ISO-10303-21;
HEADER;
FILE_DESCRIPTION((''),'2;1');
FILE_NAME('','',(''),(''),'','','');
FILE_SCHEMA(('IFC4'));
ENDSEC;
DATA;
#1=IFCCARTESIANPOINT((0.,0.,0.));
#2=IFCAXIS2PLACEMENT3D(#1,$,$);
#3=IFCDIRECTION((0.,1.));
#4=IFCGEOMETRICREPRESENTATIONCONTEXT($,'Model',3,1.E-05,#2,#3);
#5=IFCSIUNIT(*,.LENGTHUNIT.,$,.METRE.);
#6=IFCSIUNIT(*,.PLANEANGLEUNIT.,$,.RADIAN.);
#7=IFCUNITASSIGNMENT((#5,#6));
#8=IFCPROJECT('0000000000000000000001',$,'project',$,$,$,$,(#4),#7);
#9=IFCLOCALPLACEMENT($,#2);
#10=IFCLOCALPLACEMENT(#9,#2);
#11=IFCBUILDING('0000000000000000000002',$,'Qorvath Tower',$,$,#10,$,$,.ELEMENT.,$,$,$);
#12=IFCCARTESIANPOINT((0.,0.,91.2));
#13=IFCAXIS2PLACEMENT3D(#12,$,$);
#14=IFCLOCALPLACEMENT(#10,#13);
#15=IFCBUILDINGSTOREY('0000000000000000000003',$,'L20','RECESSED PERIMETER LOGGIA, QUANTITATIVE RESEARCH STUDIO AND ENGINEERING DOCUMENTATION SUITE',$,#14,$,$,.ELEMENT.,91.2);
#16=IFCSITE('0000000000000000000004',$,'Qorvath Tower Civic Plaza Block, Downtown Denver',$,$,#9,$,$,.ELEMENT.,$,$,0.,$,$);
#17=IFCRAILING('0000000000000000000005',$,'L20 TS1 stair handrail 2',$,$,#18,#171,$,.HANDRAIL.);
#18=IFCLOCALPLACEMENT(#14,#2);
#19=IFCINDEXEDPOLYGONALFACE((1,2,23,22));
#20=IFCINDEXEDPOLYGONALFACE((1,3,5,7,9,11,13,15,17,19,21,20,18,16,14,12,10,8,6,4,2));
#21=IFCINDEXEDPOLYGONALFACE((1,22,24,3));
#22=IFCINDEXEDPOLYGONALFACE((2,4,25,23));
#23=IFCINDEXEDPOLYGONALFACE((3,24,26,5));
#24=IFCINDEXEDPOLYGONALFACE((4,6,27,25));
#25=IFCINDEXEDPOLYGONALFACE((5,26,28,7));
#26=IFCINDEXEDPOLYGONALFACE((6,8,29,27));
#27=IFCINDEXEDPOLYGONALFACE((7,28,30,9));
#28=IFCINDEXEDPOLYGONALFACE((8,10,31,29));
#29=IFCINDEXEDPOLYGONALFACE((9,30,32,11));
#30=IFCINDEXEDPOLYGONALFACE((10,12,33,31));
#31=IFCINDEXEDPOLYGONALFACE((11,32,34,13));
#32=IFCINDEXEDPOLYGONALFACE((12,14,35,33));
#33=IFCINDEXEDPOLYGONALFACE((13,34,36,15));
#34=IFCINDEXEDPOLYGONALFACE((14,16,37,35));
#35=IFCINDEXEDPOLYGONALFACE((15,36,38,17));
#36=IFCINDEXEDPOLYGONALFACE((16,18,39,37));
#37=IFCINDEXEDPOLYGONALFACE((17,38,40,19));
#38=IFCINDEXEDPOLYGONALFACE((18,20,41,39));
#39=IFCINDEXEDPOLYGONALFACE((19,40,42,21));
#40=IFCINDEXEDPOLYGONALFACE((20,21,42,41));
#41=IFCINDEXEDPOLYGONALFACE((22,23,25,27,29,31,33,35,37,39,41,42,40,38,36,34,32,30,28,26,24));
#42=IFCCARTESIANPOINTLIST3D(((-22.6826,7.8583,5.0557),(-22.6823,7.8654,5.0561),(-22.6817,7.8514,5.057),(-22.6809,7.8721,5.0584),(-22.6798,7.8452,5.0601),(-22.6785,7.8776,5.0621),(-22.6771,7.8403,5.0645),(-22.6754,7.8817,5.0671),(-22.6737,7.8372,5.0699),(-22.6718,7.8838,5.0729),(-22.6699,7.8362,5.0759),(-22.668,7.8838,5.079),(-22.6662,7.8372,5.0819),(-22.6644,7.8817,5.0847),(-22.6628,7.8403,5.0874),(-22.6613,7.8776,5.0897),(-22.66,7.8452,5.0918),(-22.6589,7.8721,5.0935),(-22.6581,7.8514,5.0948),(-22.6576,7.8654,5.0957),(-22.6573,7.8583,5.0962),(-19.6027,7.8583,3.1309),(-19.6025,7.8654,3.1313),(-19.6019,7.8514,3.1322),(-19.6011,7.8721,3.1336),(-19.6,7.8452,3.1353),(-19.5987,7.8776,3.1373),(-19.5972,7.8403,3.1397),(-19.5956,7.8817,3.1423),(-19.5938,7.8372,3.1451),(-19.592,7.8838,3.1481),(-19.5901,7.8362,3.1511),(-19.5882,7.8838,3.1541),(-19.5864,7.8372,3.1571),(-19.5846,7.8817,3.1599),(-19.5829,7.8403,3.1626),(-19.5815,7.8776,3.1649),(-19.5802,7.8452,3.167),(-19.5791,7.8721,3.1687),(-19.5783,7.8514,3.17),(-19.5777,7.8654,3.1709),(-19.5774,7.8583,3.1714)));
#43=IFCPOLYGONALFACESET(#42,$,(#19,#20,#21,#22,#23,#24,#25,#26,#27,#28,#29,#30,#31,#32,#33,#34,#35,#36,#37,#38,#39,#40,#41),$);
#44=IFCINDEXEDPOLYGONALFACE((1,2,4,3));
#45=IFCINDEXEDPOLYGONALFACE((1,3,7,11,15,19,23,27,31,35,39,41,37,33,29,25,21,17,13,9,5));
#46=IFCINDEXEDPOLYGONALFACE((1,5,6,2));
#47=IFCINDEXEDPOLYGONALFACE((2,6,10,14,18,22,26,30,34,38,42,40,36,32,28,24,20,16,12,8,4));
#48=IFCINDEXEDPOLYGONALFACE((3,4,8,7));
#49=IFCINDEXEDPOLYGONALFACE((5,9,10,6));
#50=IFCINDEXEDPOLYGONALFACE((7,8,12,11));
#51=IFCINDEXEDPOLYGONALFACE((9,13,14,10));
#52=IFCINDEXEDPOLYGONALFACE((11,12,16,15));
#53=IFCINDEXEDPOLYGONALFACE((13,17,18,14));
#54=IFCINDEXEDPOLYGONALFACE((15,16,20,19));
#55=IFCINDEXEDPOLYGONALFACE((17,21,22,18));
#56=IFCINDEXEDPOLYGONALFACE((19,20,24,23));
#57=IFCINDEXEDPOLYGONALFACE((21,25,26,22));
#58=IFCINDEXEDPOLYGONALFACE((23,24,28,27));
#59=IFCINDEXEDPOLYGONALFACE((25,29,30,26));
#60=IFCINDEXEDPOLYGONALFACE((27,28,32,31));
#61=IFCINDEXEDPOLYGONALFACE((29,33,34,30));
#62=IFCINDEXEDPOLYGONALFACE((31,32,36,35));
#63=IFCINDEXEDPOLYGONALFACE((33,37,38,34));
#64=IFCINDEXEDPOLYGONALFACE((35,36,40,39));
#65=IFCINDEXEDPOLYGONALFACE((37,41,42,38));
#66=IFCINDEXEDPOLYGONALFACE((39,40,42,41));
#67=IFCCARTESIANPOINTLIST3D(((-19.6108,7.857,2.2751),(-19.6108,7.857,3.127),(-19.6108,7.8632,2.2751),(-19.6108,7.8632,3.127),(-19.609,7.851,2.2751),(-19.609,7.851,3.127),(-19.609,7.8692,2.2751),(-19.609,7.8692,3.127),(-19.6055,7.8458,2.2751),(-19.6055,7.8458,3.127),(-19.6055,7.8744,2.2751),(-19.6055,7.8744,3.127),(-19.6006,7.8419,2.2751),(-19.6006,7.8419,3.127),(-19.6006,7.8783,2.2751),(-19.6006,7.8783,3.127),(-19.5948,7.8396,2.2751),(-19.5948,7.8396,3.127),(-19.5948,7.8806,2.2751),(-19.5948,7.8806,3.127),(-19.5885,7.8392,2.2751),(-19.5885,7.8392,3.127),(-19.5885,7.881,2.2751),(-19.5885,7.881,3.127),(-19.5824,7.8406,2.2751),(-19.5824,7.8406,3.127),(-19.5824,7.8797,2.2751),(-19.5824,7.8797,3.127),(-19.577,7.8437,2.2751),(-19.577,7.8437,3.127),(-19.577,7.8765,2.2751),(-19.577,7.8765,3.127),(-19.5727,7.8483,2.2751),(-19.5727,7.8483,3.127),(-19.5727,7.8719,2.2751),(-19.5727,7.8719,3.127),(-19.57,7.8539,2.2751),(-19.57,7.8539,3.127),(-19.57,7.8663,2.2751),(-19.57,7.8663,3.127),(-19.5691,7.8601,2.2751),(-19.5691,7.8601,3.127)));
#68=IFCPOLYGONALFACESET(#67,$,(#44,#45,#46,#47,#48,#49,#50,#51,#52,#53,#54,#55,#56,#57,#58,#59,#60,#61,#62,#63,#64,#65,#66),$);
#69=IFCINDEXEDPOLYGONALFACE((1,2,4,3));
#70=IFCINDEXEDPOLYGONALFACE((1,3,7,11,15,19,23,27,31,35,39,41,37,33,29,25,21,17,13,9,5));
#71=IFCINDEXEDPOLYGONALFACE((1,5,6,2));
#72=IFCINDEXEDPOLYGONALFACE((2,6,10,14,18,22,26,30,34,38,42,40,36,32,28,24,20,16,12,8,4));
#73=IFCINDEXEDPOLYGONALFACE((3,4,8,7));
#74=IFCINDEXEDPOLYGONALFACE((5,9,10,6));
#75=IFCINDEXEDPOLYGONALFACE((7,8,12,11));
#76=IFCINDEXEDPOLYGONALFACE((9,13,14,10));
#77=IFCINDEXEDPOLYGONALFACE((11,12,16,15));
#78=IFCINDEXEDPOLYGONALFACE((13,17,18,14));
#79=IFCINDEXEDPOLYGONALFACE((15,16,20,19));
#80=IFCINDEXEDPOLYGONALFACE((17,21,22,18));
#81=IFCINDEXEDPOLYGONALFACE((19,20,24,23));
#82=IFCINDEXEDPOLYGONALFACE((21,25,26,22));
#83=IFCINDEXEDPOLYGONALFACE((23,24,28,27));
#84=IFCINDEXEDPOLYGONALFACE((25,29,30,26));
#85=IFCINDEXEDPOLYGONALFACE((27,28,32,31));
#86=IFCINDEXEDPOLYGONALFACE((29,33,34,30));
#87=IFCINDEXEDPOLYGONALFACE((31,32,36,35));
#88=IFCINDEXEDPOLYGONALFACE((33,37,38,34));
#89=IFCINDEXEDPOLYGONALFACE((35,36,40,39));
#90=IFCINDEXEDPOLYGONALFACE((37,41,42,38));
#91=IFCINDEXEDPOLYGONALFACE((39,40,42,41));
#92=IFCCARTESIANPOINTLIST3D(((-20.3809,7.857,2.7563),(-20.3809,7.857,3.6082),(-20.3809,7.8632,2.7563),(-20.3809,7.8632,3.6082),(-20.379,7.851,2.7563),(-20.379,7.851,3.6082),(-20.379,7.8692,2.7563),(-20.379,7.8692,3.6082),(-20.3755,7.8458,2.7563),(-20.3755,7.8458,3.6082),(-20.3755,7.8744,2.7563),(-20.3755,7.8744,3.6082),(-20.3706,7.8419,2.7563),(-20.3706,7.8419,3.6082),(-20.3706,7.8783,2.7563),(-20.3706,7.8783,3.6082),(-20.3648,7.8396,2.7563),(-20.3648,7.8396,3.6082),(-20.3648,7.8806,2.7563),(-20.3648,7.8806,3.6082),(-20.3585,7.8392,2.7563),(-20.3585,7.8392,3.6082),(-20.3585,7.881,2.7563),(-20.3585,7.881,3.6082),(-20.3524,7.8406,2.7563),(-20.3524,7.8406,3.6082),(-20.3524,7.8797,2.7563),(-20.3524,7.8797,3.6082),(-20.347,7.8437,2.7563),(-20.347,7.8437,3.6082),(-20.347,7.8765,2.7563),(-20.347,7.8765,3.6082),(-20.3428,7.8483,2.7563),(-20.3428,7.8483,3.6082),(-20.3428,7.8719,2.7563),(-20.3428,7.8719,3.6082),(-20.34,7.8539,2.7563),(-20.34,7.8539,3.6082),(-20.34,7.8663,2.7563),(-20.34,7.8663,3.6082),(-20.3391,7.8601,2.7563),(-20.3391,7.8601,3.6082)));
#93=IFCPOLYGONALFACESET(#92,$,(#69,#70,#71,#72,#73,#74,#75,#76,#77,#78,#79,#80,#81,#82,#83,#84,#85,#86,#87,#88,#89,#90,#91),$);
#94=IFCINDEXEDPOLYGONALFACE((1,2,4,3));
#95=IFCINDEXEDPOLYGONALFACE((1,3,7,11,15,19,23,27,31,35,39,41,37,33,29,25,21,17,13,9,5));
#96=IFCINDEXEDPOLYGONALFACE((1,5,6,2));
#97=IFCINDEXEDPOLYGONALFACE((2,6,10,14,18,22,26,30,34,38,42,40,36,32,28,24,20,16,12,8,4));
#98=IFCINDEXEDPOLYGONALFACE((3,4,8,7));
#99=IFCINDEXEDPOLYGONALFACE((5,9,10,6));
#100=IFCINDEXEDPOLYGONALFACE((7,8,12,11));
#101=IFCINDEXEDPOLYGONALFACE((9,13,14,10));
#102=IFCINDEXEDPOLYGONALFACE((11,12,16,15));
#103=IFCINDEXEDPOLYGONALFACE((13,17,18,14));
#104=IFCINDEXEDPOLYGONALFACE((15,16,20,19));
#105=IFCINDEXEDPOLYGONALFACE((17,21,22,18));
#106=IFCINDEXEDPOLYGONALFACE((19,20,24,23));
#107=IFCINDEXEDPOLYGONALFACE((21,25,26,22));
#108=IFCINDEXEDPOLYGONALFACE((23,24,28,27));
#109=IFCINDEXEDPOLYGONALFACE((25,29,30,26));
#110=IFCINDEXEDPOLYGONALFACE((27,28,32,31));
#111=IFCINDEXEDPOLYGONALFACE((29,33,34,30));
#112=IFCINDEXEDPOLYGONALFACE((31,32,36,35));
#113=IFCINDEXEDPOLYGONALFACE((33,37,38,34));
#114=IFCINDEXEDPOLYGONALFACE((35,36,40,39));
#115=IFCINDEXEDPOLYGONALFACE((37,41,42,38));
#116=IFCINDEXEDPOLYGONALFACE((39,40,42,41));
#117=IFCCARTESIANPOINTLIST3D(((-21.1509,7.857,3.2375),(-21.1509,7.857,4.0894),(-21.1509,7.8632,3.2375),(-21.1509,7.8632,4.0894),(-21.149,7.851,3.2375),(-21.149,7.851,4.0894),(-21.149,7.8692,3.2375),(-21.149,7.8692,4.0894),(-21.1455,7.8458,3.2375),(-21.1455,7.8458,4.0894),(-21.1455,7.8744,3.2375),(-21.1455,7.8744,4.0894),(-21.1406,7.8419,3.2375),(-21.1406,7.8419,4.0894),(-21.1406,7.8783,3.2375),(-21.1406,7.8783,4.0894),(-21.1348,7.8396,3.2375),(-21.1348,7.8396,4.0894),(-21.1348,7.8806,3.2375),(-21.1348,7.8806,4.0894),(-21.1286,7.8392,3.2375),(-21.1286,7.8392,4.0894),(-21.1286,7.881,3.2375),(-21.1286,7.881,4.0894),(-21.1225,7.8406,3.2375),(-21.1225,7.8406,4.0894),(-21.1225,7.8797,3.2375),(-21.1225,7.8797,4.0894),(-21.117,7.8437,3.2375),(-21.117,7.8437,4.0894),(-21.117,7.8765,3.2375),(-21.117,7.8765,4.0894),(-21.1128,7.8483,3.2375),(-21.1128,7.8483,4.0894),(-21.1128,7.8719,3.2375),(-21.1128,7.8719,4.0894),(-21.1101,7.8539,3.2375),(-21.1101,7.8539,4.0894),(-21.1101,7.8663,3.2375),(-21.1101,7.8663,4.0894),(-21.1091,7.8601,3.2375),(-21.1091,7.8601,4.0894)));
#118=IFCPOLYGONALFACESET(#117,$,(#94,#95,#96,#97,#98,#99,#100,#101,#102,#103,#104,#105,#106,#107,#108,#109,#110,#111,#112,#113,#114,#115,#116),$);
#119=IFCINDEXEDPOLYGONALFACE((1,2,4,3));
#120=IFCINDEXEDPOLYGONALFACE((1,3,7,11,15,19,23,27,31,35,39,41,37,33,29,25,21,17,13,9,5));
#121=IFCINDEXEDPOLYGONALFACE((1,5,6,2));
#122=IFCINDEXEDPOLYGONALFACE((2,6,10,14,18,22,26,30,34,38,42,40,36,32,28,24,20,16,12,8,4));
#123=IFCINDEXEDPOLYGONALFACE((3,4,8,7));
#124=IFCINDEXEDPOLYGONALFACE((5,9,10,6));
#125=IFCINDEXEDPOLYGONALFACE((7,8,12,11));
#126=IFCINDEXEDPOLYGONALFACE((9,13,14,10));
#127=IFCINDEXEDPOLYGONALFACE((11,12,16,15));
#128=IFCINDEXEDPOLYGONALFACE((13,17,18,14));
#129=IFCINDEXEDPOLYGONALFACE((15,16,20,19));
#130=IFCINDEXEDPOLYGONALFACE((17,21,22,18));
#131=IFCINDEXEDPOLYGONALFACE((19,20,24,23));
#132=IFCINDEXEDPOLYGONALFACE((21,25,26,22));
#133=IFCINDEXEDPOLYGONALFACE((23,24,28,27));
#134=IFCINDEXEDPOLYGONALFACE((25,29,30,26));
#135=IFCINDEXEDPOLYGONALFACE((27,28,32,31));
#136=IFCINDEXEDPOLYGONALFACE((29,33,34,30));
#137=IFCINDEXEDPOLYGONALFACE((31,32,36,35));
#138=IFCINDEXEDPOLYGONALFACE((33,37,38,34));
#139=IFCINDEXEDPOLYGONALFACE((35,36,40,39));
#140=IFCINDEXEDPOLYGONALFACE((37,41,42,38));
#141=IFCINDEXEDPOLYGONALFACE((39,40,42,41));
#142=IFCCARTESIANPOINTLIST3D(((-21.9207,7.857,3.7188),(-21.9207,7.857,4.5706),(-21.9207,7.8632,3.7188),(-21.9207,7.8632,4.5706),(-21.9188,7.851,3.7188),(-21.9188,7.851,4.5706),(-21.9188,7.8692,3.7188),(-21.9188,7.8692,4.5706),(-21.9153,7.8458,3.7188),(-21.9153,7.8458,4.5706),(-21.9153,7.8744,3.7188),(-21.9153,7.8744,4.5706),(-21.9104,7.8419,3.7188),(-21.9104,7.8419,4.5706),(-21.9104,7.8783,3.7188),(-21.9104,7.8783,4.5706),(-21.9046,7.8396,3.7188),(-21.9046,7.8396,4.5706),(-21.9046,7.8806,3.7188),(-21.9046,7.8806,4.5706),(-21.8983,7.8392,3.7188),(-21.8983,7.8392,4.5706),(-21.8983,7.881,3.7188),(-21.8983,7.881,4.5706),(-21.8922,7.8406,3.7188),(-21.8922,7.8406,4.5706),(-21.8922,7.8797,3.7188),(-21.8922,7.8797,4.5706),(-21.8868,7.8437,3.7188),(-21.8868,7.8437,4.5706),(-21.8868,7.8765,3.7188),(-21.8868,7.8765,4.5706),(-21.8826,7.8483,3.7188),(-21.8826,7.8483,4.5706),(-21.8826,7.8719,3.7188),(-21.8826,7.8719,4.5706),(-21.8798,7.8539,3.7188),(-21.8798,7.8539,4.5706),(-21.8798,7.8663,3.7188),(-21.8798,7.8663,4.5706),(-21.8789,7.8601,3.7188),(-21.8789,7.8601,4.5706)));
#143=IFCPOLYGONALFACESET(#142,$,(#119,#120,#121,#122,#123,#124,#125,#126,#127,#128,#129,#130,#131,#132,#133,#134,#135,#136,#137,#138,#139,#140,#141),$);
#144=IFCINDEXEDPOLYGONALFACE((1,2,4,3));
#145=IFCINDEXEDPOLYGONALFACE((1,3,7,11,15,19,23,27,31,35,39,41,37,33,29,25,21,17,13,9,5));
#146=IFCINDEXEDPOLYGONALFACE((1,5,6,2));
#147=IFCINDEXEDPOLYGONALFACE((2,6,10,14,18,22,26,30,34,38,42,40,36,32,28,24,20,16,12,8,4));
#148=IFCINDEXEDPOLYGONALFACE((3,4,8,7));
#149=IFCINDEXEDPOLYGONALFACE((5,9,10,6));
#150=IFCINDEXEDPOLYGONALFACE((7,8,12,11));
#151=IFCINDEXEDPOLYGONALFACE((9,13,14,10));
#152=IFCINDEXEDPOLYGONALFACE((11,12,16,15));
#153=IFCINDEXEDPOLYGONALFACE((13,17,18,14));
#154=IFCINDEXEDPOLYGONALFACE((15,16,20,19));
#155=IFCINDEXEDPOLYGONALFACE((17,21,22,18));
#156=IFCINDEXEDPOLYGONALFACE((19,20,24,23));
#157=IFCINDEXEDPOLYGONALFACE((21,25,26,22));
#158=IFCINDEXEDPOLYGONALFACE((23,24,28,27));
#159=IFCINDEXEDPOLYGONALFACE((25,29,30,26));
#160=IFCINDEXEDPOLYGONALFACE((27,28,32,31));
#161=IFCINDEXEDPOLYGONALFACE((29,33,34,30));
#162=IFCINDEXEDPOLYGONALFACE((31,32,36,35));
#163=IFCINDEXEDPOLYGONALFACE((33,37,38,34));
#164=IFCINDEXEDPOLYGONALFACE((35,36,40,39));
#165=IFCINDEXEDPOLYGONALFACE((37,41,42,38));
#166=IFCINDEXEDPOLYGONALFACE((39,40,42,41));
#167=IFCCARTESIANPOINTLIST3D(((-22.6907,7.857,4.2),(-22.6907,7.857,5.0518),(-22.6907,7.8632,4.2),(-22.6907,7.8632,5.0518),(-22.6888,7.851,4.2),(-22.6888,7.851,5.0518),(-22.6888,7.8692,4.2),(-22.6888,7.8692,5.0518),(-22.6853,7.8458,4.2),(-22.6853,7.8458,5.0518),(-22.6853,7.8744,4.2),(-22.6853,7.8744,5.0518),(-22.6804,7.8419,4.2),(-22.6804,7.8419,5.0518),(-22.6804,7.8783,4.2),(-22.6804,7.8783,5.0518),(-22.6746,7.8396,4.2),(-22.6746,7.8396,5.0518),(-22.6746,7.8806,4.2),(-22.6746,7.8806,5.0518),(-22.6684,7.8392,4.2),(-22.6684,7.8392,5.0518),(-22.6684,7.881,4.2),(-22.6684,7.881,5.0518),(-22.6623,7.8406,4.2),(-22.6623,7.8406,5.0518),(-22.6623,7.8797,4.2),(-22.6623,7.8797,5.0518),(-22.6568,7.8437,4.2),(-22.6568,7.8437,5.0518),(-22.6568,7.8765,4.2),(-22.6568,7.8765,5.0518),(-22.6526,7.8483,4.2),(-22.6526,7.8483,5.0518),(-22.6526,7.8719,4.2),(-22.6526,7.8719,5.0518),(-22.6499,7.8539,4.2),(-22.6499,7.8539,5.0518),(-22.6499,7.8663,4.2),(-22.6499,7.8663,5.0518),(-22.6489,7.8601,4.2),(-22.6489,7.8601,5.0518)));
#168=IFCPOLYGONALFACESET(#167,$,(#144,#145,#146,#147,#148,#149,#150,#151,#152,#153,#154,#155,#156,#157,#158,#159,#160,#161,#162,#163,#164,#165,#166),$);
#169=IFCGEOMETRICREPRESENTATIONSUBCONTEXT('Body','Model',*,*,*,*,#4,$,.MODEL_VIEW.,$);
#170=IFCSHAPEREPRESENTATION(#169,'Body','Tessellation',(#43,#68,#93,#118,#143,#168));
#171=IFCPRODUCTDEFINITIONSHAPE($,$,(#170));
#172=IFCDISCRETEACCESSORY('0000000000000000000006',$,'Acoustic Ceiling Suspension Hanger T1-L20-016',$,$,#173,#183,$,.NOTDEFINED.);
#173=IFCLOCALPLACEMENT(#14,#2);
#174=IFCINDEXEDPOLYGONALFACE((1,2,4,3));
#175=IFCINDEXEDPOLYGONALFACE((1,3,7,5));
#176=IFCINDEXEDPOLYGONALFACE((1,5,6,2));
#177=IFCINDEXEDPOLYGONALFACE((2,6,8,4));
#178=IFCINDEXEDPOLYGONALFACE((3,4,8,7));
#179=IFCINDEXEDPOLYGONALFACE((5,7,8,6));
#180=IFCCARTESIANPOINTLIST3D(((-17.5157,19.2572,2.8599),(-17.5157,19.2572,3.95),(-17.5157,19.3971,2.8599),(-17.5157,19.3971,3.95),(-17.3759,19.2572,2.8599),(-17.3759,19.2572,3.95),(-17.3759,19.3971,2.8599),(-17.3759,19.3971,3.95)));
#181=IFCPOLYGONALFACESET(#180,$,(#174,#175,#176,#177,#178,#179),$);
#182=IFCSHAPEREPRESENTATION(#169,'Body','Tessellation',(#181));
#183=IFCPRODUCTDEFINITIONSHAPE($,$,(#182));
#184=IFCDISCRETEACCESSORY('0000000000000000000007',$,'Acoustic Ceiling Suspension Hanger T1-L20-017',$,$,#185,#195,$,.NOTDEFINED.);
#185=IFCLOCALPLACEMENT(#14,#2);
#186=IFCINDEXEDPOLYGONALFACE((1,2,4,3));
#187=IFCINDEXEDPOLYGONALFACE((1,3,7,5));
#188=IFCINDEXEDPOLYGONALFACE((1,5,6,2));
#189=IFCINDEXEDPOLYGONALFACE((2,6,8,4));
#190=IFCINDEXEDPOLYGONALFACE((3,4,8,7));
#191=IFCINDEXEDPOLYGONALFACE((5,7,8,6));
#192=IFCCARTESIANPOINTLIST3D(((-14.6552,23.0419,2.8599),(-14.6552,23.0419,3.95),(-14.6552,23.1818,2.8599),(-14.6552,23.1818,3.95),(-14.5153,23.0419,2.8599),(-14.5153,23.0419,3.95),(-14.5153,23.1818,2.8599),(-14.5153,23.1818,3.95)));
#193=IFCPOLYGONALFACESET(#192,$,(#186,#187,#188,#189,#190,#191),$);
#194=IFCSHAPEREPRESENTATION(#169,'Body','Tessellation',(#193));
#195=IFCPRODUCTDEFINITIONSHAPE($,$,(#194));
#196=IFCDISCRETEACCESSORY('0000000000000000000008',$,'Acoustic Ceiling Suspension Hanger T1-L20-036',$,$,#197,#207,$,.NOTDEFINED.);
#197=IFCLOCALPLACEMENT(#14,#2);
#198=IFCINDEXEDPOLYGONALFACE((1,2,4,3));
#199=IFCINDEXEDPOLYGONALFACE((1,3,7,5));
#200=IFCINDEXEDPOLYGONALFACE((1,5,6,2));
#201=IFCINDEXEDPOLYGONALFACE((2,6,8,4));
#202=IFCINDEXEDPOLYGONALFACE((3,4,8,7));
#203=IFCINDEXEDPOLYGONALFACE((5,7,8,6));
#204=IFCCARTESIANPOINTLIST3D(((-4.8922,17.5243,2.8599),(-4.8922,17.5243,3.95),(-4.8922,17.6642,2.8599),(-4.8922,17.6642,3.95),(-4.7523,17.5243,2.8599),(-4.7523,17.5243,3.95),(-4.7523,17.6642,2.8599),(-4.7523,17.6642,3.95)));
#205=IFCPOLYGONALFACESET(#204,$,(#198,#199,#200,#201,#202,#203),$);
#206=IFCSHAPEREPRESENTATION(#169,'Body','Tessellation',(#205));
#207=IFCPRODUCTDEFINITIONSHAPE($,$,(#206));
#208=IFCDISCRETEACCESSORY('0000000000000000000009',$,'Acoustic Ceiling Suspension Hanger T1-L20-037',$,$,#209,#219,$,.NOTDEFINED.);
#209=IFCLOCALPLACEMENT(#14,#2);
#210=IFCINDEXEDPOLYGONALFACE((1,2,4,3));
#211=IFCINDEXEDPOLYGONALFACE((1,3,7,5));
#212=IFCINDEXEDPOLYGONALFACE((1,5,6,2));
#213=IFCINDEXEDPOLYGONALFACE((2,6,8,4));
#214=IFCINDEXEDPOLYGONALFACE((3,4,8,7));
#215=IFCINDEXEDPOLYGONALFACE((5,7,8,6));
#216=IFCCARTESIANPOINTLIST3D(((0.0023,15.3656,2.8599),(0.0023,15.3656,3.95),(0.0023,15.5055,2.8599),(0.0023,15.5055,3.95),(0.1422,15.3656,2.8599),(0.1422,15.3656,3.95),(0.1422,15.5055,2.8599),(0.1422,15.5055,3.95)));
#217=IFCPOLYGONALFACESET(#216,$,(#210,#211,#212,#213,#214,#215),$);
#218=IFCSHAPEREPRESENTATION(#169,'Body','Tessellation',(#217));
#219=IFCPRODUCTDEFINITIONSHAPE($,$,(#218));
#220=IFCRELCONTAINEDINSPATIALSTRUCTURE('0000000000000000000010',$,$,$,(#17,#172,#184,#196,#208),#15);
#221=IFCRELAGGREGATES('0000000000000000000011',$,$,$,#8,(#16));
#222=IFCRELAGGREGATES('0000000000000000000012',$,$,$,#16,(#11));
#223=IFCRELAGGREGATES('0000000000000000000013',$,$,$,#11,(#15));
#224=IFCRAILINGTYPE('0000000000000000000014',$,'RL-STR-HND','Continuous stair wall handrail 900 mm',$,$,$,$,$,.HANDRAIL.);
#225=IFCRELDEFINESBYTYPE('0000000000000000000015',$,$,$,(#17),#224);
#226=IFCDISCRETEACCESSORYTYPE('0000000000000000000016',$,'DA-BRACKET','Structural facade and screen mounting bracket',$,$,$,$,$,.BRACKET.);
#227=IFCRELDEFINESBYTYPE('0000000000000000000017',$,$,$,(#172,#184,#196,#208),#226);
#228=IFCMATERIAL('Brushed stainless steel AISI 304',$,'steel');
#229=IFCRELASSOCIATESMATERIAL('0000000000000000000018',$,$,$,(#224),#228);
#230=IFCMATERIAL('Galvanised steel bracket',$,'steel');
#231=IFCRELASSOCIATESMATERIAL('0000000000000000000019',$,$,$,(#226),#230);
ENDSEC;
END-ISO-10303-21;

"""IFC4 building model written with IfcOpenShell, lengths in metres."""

from ifc_helpers import new_model, si_unit, direction, frame, origin, origin_2d, place, context, subcontext, project, spatial, rectangle, circle, extrude, material, type_object, element, save


model = new_model("IFC4")

# Units and contexts
model_context = context("Model", 3, precision=1e-05, world=origin(), true_north=direction((0.0, 1.0)))
body_context = subcontext(model_context, "Body", "Model", "MODEL_VIEW")
ifc_project = project(units=[si_unit("LENGTHUNIT", "METRE"), si_unit("PLANEANGLEUNIT", "RADIAN")], contexts=[model_context])

# Site, building, storey
site_placement = place(None, origin())
site = spatial("IfcSite", under=ifc_project, at=site_placement, Name="Qorvath Tower Civic Plaza Block, Downtown Denver", CompositionType="ELEMENT", RefElevation=0.0)
building_placement = place(site_placement, origin())
building = spatial("IfcBuilding", under=site, at=building_placement, Name="Qorvath Tower", CompositionType="ELEMENT")
storey_placement = place(building_placement, frame((0.0, 0.0, 91.2)))
storey = spatial("IfcBuildingStorey", under=building, at=storey_placement, Name="L20", Description="RECESSED PERIMETER LOGGIA, QUANTITATIVE RESEARCH STUDIO AND ENGINEERING DOCUMENTATION SUITE", CompositionType="ELEMENT", Elevation=91.2)

# Railing
ifc_material_1 = material(Name="Brushed stainless steel AISI 304", Category="steel")
railing_type = type_object("IfcRailingType", Name="RL-STR-HND", Description="Continuous stair wall handrail 900 mm", PredefinedType="HANDRAIL", material=ifc_material_1)
railing_placement = place(storey_placement, frame((-19.5901, 7.8601, 2.2751)))
element("IfcRailing", 1, at=railing_placement, inside=storey, type_object=railing_type, Name="L20 TS1 stair handrail 2", PredefinedType="HANDRAIL", context=body_context, shape_type="SweptSolid", body=[
    extrude(circle(Radius=0.0239, at=origin_2d()), frame((0.0, 0.0, 0.876), z_axis=(-0.84801, 0.0, 0.529981), x_axis=(0.0, -1.0, 0.0)), (0.0, 0.0, 1.0), 3.6318),
    extrude(circle(Radius=0.021, at=origin_2d()), origin(), (0.0, 0.0, 1.0), 0.8518),
    extrude(circle(Radius=0.021, at=origin_2d()), frame((-0.77, 0.0, 0.4812)), (0.0, 0.0, 1.0), 0.8518),
    extrude(circle(Radius=0.021, at=origin_2d()), frame((-1.54, 0.0, 0.9624)), (0.0, 0.0, 1.0), 0.8518),
    extrude(circle(Radius=0.021, at=origin_2d()), frame((-2.3098, 0.0, 1.4436)), (0.0, 0.0, 1.0), 0.8518),
    extrude(circle(Radius=0.021, at=origin_2d()), frame((-3.0798, 0.0, 1.9248)), (0.0, 0.0, 1.0), 0.8518),
])

# Discrete accessories
ifc_material_2 = material(Name="Galvanised steel bracket", Category="steel")
discrete_accessory_type = type_object("IfcDiscreteAccessoryType", Name="DA-BRACKET", Description="Structural facade and screen mounting bracket", PredefinedType="BRACKET", material=ifc_material_2)
for number, where, z_axis, x_axis, name in (
    (2, (-17.4458, 19.3271, 2.8599), (0.0, 0.0, 1.0), (1.0, 0.0, 0.0), "Acoustic Ceiling Suspension Hanger T1-L20-016"),
    (3, (-14.5852, 23.1118, 2.8599), (0.0, 0.0, 1.0), (1.0, 0.0, 0.0), "Acoustic Ceiling Suspension Hanger T1-L20-017"),
    (4, (-4.8223, 17.5942, 2.8599), (0.0, 0.0, 1.0), (1.0, 0.0, 0.0), "Acoustic Ceiling Suspension Hanger T1-L20-036"),
    (5, (0.0723, 15.4355, 2.8599), (0.0, 0.0, 1.0), (1.0, 0.0, 0.0), "Acoustic Ceiling Suspension Hanger T1-L20-037"),
):
    element("IfcDiscreteAccessory", number, at=place(storey_placement, frame(where, z_axis=z_axis, x_axis=x_axis)), inside=storey, type_object=discrete_accessory_type, Name=name, PredefinedType="NOTDEFINED", context=body_context, shape_type="SweptSolid", body=[
        extrude(rectangle(XDim=0.1399, YDim=0.1399, at=origin_2d()), origin(), (0.0, 0.0, 1.0), 1.0901),
    ])

save(model, "model.ifc")
